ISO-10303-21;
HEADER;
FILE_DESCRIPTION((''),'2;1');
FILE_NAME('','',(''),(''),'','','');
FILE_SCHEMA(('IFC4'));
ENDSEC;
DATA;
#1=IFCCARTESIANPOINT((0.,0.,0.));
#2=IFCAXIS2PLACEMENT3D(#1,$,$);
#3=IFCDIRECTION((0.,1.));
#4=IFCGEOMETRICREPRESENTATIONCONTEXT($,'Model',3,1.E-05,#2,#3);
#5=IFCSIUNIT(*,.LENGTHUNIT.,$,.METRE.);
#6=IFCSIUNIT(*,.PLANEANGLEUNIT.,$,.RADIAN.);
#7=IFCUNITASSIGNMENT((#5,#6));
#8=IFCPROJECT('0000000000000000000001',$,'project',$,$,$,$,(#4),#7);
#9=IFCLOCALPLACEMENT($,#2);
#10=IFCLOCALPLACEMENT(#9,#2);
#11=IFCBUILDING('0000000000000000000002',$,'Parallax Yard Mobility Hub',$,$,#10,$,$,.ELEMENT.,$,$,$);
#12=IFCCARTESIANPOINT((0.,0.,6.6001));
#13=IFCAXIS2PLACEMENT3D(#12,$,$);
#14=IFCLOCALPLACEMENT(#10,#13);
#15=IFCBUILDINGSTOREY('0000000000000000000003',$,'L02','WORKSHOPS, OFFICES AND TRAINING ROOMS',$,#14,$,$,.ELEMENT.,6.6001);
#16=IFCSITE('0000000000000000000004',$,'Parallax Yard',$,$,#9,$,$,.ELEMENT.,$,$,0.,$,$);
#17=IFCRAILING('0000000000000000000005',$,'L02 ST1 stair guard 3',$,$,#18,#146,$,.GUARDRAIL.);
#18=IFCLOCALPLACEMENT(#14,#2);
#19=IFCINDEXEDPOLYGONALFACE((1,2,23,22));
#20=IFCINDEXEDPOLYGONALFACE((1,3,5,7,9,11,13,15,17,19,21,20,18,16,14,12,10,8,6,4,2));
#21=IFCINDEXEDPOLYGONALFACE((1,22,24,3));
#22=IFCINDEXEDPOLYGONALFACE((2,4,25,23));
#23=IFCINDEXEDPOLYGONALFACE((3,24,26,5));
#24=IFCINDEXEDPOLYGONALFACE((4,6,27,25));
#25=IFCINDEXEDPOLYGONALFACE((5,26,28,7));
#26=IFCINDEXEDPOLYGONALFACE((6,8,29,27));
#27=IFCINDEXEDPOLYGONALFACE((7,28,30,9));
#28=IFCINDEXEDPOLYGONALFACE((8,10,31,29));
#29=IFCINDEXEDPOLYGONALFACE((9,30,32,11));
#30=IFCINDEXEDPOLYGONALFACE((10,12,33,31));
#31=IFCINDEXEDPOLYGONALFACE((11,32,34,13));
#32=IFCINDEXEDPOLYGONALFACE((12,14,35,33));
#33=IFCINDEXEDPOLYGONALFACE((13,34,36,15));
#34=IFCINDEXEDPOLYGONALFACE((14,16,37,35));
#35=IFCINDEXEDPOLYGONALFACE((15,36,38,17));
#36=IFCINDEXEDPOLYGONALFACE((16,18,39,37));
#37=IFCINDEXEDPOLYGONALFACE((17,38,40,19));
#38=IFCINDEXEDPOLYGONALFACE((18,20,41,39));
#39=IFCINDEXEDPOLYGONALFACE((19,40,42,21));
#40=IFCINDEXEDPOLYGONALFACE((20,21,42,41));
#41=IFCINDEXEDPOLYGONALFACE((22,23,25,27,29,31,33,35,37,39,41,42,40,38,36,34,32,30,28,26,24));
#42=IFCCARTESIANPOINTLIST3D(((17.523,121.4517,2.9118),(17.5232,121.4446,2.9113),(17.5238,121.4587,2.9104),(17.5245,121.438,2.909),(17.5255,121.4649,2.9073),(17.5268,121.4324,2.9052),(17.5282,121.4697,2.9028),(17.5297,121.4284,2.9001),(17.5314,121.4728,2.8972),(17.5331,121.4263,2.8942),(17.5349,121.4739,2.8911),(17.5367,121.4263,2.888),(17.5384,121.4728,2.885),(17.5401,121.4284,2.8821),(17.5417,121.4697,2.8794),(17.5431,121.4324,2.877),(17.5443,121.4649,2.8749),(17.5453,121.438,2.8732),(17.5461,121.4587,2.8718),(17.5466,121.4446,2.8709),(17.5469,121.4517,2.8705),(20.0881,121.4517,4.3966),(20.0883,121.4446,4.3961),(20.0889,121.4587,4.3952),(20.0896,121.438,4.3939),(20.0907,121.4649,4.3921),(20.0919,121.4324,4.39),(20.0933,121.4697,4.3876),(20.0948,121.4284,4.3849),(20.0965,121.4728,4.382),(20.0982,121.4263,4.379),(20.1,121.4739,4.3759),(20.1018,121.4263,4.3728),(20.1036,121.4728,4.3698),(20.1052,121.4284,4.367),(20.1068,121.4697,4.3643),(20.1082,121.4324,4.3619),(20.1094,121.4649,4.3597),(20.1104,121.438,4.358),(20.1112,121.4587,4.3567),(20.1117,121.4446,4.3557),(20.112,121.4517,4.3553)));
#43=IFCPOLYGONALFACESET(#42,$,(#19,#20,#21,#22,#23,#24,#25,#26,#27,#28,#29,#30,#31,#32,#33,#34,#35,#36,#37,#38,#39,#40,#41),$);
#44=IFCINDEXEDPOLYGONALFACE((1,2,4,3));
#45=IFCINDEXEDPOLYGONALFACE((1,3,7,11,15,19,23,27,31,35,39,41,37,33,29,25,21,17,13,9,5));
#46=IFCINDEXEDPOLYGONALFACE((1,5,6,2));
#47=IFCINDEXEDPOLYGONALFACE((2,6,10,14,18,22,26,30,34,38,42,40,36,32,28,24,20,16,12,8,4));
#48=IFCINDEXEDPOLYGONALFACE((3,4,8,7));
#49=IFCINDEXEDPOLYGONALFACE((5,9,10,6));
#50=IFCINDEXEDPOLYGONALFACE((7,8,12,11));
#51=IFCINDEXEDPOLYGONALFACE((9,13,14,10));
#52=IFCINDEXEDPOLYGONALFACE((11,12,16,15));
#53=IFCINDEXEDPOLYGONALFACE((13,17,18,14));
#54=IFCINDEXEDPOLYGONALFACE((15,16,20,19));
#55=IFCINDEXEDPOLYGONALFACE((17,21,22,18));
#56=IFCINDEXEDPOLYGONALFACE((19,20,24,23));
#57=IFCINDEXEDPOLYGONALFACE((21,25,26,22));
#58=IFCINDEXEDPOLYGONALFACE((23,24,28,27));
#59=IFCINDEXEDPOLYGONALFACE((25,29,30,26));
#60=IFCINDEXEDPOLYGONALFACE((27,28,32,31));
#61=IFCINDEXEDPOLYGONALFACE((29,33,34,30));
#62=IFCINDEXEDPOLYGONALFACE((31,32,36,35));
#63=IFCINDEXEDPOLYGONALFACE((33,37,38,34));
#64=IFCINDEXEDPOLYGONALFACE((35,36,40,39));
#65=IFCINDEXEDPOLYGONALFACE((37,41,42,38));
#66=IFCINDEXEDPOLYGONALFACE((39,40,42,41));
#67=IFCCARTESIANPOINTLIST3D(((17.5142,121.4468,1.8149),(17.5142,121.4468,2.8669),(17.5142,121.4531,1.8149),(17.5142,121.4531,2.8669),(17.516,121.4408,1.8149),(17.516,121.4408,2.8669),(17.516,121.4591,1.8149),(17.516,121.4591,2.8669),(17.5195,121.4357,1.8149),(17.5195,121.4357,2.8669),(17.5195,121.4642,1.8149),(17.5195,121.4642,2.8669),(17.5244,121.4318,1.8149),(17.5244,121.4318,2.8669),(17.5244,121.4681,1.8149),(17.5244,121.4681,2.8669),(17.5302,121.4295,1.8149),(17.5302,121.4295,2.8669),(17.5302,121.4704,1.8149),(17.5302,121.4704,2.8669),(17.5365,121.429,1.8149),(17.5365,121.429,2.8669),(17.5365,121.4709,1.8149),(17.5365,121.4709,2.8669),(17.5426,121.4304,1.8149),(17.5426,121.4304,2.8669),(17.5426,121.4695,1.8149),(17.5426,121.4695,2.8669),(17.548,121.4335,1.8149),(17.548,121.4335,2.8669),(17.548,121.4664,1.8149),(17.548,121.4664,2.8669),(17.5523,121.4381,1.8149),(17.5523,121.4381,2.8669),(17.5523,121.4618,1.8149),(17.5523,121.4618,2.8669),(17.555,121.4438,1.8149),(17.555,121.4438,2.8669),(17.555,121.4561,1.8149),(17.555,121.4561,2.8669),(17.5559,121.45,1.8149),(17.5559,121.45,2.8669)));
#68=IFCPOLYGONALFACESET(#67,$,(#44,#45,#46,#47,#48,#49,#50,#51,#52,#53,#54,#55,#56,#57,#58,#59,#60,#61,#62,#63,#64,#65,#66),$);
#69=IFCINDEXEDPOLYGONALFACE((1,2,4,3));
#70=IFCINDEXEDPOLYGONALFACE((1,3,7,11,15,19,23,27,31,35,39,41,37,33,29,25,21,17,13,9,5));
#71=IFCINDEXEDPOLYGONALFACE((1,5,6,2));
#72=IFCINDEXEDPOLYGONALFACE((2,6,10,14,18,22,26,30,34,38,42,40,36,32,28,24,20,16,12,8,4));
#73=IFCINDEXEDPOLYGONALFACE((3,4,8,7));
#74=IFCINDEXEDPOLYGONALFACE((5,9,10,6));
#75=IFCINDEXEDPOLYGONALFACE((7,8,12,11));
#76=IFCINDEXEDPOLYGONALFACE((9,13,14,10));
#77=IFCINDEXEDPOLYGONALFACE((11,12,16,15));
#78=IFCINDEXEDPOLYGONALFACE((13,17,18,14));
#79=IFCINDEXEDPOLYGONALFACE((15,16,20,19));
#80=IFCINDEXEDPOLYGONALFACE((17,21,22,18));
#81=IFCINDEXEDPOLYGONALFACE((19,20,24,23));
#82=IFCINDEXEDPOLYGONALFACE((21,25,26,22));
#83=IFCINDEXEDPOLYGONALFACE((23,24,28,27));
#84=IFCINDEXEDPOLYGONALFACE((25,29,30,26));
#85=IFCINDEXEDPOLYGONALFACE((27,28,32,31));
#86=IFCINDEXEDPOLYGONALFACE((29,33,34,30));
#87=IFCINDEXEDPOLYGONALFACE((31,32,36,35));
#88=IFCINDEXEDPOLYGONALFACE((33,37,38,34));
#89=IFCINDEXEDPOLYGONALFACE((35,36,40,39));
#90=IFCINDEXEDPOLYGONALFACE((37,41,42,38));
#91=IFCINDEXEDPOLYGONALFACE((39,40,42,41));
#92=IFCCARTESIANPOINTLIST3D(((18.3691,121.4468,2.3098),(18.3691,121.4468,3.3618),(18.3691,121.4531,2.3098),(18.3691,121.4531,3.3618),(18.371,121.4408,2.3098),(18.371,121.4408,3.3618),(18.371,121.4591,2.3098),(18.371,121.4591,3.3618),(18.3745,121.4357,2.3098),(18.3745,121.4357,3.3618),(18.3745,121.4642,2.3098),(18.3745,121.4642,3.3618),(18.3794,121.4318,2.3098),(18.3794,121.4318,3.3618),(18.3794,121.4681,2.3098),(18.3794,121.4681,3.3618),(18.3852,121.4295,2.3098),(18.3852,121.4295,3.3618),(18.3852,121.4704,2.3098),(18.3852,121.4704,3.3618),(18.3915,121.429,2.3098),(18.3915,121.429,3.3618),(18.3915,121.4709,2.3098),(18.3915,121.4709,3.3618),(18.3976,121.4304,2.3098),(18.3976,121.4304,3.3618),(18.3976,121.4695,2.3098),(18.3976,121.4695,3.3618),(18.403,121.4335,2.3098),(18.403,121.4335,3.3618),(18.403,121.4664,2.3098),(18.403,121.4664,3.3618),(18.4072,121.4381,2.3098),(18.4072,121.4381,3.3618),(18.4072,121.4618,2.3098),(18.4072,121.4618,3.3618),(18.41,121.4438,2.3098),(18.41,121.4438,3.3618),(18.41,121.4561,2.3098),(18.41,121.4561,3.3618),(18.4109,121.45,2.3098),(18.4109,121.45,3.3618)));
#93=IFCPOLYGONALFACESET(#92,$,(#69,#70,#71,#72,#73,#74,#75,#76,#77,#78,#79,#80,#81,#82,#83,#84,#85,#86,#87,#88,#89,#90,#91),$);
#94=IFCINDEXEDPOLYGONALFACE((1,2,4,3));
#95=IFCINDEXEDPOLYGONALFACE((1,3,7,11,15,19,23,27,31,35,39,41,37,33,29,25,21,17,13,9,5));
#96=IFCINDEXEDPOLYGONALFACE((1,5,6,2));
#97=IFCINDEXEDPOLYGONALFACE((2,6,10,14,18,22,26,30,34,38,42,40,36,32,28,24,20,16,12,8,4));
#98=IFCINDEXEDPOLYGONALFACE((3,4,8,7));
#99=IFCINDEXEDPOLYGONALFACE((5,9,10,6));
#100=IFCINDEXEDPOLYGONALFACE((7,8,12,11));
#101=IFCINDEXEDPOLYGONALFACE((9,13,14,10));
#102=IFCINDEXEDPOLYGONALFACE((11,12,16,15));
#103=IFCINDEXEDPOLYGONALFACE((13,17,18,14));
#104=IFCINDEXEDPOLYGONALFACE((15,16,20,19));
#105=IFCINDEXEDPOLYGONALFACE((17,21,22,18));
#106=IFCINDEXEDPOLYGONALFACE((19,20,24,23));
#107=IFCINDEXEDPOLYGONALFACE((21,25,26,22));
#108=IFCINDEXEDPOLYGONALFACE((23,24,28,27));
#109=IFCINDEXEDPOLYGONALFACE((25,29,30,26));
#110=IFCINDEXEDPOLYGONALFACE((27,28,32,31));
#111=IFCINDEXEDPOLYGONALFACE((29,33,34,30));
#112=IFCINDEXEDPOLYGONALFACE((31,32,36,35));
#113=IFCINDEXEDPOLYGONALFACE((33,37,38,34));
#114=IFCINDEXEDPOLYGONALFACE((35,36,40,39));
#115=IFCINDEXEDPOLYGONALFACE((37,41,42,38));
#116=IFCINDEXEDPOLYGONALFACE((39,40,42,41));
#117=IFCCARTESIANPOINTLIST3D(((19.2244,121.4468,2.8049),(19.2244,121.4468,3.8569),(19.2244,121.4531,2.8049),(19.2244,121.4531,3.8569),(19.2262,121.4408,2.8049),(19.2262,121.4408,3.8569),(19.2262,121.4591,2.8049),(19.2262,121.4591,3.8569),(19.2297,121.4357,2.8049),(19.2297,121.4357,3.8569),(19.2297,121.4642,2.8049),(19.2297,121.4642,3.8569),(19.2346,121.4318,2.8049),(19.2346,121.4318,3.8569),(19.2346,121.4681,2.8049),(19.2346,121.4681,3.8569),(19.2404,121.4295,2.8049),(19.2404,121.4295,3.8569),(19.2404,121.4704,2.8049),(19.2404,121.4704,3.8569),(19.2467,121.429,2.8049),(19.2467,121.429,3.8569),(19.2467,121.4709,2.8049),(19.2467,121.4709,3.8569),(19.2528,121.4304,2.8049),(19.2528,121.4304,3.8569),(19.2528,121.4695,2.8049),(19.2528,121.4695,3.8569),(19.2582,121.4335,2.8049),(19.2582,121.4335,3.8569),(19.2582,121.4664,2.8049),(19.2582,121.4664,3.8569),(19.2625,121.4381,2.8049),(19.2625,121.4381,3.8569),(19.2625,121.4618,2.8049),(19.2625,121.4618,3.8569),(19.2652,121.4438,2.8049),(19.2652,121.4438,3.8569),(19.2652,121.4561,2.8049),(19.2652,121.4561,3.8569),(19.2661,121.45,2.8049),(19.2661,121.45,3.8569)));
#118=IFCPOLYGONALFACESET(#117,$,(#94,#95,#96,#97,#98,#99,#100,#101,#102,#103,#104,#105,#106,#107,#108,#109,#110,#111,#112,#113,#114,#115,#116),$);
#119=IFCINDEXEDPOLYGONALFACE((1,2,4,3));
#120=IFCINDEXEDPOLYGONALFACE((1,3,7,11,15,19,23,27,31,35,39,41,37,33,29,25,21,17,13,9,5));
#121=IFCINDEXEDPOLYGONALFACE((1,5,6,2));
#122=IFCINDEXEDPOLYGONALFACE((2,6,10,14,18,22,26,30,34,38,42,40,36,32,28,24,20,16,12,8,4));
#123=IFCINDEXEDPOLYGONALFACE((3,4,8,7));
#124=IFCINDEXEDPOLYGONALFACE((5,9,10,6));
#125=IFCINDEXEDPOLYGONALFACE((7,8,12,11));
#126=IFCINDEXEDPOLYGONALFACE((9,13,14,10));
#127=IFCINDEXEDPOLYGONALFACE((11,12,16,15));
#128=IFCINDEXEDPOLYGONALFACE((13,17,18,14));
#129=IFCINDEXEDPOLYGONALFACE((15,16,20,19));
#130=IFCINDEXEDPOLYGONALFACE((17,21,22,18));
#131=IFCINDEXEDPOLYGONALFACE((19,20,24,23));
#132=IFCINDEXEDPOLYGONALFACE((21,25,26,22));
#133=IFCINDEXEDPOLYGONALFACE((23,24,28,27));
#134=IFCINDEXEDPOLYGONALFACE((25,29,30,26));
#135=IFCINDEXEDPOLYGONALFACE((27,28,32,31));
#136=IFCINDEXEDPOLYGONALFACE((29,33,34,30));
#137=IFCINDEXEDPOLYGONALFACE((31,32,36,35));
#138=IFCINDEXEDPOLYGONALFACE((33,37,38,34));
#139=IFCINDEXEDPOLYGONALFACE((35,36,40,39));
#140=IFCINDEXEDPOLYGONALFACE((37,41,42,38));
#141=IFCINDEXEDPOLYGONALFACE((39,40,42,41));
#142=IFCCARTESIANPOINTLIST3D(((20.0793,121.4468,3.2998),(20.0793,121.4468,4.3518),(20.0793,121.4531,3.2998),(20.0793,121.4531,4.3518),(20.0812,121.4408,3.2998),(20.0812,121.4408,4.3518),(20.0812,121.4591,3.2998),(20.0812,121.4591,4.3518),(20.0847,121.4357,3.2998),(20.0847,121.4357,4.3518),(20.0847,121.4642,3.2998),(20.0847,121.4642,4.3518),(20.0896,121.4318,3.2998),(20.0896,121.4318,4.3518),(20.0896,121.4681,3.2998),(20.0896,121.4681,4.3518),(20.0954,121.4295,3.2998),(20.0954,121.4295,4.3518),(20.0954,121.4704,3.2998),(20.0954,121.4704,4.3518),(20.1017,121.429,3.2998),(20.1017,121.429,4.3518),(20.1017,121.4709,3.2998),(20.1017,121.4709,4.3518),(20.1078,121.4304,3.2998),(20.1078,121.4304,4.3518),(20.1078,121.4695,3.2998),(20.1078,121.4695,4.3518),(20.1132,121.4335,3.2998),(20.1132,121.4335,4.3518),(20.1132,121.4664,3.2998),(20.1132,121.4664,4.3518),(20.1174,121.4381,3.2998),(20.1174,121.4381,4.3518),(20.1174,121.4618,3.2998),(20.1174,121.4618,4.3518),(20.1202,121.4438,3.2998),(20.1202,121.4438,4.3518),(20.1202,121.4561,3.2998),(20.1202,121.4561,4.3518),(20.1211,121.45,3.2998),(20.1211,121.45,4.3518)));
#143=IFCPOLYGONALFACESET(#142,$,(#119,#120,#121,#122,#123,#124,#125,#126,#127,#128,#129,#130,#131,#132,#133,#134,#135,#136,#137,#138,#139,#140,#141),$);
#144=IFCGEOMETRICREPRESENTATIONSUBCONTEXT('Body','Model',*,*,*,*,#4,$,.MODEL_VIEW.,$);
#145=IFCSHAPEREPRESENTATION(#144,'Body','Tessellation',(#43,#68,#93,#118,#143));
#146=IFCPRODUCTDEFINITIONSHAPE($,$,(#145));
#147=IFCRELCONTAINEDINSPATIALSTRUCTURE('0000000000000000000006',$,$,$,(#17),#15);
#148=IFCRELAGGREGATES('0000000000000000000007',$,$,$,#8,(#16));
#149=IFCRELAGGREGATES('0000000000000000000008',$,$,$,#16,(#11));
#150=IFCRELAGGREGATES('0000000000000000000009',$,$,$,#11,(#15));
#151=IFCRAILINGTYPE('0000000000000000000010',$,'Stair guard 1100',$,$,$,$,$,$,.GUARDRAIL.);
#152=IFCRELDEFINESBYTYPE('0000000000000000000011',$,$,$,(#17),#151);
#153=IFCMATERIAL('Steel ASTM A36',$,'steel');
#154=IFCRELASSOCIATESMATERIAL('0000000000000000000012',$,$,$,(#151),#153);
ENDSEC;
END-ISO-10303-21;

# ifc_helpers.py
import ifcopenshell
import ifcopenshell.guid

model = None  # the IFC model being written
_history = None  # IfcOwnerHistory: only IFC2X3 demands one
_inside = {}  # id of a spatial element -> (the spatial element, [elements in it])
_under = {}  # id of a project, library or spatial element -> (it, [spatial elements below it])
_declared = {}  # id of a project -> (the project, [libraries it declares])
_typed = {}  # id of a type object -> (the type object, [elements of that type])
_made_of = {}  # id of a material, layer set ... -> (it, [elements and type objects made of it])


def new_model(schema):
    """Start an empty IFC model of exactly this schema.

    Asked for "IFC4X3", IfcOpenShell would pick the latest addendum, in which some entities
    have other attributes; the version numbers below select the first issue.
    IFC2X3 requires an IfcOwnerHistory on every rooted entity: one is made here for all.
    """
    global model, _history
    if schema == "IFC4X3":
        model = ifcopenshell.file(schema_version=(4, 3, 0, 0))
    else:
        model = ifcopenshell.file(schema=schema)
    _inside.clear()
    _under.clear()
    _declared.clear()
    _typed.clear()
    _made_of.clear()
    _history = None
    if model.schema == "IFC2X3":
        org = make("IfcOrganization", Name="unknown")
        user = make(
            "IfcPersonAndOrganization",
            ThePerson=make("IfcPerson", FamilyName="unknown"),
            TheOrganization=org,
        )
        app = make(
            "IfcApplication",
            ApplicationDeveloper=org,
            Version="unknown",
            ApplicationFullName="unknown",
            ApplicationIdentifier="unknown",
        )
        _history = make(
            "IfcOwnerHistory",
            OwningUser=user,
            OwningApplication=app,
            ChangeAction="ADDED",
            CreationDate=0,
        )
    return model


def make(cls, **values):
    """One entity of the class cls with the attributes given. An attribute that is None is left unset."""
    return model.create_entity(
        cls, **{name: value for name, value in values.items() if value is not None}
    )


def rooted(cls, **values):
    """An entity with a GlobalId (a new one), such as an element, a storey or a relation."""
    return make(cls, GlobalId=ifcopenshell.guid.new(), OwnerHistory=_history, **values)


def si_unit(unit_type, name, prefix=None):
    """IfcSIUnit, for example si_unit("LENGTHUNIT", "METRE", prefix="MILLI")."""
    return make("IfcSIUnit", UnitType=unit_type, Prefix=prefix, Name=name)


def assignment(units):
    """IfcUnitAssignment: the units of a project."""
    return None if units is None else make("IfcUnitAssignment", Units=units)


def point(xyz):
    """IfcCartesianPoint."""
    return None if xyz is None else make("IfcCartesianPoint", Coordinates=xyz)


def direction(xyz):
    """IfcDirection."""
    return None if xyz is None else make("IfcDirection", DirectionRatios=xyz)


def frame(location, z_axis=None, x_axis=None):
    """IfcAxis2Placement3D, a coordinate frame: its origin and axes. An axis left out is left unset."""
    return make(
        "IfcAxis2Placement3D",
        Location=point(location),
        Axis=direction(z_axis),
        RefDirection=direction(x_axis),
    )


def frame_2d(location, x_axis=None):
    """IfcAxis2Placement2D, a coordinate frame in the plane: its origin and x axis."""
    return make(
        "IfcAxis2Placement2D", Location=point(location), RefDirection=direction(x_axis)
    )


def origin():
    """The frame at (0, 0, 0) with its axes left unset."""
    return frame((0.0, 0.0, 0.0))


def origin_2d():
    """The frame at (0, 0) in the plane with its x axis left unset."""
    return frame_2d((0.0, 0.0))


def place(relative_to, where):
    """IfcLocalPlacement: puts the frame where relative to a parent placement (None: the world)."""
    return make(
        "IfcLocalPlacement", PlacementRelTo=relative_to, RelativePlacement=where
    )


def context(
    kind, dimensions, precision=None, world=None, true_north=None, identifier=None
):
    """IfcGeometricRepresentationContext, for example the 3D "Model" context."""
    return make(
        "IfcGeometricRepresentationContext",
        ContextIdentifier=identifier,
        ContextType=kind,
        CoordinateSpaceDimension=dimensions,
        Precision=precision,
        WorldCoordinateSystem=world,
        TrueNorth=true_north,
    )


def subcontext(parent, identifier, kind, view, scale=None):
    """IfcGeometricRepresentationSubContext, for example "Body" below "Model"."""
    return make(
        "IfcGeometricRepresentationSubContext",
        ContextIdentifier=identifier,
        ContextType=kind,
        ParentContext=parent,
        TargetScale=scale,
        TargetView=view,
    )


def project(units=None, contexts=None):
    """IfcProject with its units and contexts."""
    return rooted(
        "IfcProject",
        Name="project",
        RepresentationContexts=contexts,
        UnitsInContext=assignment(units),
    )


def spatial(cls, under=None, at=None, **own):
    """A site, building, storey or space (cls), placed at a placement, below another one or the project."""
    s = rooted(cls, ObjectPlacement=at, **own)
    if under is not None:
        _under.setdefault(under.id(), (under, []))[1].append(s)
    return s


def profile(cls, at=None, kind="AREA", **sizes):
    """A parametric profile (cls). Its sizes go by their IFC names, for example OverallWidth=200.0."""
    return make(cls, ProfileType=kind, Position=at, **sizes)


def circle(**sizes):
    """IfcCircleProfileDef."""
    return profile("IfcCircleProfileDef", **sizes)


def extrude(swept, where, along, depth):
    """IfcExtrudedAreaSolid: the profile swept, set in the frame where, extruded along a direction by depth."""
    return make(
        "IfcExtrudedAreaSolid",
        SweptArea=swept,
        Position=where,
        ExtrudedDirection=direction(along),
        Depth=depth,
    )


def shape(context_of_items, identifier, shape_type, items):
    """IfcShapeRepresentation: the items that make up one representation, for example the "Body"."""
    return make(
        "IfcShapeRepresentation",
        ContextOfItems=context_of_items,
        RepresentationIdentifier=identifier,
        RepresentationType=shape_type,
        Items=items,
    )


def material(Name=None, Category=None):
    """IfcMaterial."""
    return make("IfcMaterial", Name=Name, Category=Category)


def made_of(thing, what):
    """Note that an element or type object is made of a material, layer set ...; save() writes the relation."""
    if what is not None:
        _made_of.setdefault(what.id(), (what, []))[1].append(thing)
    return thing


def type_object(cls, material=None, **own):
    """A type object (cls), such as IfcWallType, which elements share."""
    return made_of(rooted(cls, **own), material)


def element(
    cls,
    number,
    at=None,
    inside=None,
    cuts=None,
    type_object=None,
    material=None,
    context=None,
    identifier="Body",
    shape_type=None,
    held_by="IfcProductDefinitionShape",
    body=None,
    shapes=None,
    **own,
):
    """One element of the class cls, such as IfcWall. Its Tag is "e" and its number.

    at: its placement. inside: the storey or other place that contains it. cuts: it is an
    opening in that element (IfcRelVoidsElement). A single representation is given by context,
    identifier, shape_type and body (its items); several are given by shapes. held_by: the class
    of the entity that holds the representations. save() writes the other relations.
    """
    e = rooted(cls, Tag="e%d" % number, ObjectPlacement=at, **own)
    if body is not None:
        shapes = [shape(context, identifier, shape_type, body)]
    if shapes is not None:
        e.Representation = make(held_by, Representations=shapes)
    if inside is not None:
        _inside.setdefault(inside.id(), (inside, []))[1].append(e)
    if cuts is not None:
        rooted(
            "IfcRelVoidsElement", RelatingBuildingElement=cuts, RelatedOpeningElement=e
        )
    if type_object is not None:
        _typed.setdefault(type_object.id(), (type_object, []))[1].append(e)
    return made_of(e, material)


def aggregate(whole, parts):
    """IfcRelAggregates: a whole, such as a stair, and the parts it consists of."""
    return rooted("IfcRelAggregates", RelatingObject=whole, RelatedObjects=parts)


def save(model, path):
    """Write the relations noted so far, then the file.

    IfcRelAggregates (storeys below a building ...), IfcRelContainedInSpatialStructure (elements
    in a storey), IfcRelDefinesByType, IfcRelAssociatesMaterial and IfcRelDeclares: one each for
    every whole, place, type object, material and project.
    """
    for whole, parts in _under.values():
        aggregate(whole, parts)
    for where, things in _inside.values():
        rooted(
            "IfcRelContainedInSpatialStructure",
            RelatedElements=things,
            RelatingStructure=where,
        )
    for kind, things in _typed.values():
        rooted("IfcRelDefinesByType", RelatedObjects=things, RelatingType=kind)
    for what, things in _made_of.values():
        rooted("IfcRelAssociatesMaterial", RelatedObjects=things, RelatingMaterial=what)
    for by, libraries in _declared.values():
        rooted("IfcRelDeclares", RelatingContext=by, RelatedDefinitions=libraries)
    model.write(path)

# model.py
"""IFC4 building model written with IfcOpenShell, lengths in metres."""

from ifc_helpers import new_model, si_unit, direction, frame, origin, origin_2d, place, context, subcontext, project, spatial, circle, extrude, material, type_object, element, save


model = new_model("IFC4")

# Units and contexts
model_context = context("Model", 3, precision=1e-05, world=origin(), true_north=direction((0.0, 1.0)))
body_context = subcontext(model_context, "Body", "Model", "MODEL_VIEW")
ifc_project = project(units=[si_unit("LENGTHUNIT", "METRE"), si_unit("PLANEANGLEUNIT", "RADIAN")], contexts=[model_context])

# Site, building, storey
site_placement = place(None, origin())
site = spatial("IfcSite", under=ifc_project, at=site_placement, Name="Parallax Yard", CompositionType="ELEMENT", RefElevation=0.0)
building_placement = place(site_placement, origin())
building = spatial("IfcBuilding", under=site, at=building_placement, Name="Parallax Yard Mobility Hub", CompositionType="ELEMENT")
storey_placement = place(building_placement, frame((0.0, 0.0, 6.6001)))
storey = spatial("IfcBuildingStorey", under=building, at=storey_placement, Name="L02", Description="WORKSHOPS, OFFICES AND TRAINING ROOMS", CompositionType="ELEMENT", Elevation=6.6001)

# Railing
ifc_material_1 = material(Name="Steel ASTM A36", Category="steel")
railing_type_1 = type_object("IfcRailingType", Name="Stair guard 1100", PredefinedType="GUARDRAIL", material=ifc_material_1)
railing_1_placement = place(storey_placement, frame((17.5349, 121.45, 1.8149)))
element("IfcRailing", 1, at=railing_1_placement, inside=storey, type_object=railing_type_1, Name="L02 ST1 stair guard 3", PredefinedType="GUARDRAIL", context=body_context, shape_type="SweptSolid", body=[
    extrude(circle(Radius=0.0239, at=origin_2d()), frame((0.0, 0.0, 1.0762), z_axis=(0.865462, 0.0, 0.500975), x_axis=(0.0, 1.0, 0.0)), (0.0, 0.0, 1.0), 2.9639),
    extrude(circle(Radius=0.021, at=origin_2d()), origin(), (0.0, 0.0, 1.0), 1.052),
    extrude(circle(Radius=0.021, at=origin_2d()), frame((0.855, 0.0, 0.4949)), (0.0, 0.0, 1.0), 1.052),
    extrude(circle(Radius=0.021, at=origin_2d()), frame((1.7102, 0.0, 0.99)), (0.0, 0.0, 1.0), 1.052),
    extrude(circle(Radius=0.021, at=origin_2d()), frame((2.5652, 0.0, 1.4849)), (0.0, 0.0, 1.0), 1.052),
])

save(model, "model.ifc")
